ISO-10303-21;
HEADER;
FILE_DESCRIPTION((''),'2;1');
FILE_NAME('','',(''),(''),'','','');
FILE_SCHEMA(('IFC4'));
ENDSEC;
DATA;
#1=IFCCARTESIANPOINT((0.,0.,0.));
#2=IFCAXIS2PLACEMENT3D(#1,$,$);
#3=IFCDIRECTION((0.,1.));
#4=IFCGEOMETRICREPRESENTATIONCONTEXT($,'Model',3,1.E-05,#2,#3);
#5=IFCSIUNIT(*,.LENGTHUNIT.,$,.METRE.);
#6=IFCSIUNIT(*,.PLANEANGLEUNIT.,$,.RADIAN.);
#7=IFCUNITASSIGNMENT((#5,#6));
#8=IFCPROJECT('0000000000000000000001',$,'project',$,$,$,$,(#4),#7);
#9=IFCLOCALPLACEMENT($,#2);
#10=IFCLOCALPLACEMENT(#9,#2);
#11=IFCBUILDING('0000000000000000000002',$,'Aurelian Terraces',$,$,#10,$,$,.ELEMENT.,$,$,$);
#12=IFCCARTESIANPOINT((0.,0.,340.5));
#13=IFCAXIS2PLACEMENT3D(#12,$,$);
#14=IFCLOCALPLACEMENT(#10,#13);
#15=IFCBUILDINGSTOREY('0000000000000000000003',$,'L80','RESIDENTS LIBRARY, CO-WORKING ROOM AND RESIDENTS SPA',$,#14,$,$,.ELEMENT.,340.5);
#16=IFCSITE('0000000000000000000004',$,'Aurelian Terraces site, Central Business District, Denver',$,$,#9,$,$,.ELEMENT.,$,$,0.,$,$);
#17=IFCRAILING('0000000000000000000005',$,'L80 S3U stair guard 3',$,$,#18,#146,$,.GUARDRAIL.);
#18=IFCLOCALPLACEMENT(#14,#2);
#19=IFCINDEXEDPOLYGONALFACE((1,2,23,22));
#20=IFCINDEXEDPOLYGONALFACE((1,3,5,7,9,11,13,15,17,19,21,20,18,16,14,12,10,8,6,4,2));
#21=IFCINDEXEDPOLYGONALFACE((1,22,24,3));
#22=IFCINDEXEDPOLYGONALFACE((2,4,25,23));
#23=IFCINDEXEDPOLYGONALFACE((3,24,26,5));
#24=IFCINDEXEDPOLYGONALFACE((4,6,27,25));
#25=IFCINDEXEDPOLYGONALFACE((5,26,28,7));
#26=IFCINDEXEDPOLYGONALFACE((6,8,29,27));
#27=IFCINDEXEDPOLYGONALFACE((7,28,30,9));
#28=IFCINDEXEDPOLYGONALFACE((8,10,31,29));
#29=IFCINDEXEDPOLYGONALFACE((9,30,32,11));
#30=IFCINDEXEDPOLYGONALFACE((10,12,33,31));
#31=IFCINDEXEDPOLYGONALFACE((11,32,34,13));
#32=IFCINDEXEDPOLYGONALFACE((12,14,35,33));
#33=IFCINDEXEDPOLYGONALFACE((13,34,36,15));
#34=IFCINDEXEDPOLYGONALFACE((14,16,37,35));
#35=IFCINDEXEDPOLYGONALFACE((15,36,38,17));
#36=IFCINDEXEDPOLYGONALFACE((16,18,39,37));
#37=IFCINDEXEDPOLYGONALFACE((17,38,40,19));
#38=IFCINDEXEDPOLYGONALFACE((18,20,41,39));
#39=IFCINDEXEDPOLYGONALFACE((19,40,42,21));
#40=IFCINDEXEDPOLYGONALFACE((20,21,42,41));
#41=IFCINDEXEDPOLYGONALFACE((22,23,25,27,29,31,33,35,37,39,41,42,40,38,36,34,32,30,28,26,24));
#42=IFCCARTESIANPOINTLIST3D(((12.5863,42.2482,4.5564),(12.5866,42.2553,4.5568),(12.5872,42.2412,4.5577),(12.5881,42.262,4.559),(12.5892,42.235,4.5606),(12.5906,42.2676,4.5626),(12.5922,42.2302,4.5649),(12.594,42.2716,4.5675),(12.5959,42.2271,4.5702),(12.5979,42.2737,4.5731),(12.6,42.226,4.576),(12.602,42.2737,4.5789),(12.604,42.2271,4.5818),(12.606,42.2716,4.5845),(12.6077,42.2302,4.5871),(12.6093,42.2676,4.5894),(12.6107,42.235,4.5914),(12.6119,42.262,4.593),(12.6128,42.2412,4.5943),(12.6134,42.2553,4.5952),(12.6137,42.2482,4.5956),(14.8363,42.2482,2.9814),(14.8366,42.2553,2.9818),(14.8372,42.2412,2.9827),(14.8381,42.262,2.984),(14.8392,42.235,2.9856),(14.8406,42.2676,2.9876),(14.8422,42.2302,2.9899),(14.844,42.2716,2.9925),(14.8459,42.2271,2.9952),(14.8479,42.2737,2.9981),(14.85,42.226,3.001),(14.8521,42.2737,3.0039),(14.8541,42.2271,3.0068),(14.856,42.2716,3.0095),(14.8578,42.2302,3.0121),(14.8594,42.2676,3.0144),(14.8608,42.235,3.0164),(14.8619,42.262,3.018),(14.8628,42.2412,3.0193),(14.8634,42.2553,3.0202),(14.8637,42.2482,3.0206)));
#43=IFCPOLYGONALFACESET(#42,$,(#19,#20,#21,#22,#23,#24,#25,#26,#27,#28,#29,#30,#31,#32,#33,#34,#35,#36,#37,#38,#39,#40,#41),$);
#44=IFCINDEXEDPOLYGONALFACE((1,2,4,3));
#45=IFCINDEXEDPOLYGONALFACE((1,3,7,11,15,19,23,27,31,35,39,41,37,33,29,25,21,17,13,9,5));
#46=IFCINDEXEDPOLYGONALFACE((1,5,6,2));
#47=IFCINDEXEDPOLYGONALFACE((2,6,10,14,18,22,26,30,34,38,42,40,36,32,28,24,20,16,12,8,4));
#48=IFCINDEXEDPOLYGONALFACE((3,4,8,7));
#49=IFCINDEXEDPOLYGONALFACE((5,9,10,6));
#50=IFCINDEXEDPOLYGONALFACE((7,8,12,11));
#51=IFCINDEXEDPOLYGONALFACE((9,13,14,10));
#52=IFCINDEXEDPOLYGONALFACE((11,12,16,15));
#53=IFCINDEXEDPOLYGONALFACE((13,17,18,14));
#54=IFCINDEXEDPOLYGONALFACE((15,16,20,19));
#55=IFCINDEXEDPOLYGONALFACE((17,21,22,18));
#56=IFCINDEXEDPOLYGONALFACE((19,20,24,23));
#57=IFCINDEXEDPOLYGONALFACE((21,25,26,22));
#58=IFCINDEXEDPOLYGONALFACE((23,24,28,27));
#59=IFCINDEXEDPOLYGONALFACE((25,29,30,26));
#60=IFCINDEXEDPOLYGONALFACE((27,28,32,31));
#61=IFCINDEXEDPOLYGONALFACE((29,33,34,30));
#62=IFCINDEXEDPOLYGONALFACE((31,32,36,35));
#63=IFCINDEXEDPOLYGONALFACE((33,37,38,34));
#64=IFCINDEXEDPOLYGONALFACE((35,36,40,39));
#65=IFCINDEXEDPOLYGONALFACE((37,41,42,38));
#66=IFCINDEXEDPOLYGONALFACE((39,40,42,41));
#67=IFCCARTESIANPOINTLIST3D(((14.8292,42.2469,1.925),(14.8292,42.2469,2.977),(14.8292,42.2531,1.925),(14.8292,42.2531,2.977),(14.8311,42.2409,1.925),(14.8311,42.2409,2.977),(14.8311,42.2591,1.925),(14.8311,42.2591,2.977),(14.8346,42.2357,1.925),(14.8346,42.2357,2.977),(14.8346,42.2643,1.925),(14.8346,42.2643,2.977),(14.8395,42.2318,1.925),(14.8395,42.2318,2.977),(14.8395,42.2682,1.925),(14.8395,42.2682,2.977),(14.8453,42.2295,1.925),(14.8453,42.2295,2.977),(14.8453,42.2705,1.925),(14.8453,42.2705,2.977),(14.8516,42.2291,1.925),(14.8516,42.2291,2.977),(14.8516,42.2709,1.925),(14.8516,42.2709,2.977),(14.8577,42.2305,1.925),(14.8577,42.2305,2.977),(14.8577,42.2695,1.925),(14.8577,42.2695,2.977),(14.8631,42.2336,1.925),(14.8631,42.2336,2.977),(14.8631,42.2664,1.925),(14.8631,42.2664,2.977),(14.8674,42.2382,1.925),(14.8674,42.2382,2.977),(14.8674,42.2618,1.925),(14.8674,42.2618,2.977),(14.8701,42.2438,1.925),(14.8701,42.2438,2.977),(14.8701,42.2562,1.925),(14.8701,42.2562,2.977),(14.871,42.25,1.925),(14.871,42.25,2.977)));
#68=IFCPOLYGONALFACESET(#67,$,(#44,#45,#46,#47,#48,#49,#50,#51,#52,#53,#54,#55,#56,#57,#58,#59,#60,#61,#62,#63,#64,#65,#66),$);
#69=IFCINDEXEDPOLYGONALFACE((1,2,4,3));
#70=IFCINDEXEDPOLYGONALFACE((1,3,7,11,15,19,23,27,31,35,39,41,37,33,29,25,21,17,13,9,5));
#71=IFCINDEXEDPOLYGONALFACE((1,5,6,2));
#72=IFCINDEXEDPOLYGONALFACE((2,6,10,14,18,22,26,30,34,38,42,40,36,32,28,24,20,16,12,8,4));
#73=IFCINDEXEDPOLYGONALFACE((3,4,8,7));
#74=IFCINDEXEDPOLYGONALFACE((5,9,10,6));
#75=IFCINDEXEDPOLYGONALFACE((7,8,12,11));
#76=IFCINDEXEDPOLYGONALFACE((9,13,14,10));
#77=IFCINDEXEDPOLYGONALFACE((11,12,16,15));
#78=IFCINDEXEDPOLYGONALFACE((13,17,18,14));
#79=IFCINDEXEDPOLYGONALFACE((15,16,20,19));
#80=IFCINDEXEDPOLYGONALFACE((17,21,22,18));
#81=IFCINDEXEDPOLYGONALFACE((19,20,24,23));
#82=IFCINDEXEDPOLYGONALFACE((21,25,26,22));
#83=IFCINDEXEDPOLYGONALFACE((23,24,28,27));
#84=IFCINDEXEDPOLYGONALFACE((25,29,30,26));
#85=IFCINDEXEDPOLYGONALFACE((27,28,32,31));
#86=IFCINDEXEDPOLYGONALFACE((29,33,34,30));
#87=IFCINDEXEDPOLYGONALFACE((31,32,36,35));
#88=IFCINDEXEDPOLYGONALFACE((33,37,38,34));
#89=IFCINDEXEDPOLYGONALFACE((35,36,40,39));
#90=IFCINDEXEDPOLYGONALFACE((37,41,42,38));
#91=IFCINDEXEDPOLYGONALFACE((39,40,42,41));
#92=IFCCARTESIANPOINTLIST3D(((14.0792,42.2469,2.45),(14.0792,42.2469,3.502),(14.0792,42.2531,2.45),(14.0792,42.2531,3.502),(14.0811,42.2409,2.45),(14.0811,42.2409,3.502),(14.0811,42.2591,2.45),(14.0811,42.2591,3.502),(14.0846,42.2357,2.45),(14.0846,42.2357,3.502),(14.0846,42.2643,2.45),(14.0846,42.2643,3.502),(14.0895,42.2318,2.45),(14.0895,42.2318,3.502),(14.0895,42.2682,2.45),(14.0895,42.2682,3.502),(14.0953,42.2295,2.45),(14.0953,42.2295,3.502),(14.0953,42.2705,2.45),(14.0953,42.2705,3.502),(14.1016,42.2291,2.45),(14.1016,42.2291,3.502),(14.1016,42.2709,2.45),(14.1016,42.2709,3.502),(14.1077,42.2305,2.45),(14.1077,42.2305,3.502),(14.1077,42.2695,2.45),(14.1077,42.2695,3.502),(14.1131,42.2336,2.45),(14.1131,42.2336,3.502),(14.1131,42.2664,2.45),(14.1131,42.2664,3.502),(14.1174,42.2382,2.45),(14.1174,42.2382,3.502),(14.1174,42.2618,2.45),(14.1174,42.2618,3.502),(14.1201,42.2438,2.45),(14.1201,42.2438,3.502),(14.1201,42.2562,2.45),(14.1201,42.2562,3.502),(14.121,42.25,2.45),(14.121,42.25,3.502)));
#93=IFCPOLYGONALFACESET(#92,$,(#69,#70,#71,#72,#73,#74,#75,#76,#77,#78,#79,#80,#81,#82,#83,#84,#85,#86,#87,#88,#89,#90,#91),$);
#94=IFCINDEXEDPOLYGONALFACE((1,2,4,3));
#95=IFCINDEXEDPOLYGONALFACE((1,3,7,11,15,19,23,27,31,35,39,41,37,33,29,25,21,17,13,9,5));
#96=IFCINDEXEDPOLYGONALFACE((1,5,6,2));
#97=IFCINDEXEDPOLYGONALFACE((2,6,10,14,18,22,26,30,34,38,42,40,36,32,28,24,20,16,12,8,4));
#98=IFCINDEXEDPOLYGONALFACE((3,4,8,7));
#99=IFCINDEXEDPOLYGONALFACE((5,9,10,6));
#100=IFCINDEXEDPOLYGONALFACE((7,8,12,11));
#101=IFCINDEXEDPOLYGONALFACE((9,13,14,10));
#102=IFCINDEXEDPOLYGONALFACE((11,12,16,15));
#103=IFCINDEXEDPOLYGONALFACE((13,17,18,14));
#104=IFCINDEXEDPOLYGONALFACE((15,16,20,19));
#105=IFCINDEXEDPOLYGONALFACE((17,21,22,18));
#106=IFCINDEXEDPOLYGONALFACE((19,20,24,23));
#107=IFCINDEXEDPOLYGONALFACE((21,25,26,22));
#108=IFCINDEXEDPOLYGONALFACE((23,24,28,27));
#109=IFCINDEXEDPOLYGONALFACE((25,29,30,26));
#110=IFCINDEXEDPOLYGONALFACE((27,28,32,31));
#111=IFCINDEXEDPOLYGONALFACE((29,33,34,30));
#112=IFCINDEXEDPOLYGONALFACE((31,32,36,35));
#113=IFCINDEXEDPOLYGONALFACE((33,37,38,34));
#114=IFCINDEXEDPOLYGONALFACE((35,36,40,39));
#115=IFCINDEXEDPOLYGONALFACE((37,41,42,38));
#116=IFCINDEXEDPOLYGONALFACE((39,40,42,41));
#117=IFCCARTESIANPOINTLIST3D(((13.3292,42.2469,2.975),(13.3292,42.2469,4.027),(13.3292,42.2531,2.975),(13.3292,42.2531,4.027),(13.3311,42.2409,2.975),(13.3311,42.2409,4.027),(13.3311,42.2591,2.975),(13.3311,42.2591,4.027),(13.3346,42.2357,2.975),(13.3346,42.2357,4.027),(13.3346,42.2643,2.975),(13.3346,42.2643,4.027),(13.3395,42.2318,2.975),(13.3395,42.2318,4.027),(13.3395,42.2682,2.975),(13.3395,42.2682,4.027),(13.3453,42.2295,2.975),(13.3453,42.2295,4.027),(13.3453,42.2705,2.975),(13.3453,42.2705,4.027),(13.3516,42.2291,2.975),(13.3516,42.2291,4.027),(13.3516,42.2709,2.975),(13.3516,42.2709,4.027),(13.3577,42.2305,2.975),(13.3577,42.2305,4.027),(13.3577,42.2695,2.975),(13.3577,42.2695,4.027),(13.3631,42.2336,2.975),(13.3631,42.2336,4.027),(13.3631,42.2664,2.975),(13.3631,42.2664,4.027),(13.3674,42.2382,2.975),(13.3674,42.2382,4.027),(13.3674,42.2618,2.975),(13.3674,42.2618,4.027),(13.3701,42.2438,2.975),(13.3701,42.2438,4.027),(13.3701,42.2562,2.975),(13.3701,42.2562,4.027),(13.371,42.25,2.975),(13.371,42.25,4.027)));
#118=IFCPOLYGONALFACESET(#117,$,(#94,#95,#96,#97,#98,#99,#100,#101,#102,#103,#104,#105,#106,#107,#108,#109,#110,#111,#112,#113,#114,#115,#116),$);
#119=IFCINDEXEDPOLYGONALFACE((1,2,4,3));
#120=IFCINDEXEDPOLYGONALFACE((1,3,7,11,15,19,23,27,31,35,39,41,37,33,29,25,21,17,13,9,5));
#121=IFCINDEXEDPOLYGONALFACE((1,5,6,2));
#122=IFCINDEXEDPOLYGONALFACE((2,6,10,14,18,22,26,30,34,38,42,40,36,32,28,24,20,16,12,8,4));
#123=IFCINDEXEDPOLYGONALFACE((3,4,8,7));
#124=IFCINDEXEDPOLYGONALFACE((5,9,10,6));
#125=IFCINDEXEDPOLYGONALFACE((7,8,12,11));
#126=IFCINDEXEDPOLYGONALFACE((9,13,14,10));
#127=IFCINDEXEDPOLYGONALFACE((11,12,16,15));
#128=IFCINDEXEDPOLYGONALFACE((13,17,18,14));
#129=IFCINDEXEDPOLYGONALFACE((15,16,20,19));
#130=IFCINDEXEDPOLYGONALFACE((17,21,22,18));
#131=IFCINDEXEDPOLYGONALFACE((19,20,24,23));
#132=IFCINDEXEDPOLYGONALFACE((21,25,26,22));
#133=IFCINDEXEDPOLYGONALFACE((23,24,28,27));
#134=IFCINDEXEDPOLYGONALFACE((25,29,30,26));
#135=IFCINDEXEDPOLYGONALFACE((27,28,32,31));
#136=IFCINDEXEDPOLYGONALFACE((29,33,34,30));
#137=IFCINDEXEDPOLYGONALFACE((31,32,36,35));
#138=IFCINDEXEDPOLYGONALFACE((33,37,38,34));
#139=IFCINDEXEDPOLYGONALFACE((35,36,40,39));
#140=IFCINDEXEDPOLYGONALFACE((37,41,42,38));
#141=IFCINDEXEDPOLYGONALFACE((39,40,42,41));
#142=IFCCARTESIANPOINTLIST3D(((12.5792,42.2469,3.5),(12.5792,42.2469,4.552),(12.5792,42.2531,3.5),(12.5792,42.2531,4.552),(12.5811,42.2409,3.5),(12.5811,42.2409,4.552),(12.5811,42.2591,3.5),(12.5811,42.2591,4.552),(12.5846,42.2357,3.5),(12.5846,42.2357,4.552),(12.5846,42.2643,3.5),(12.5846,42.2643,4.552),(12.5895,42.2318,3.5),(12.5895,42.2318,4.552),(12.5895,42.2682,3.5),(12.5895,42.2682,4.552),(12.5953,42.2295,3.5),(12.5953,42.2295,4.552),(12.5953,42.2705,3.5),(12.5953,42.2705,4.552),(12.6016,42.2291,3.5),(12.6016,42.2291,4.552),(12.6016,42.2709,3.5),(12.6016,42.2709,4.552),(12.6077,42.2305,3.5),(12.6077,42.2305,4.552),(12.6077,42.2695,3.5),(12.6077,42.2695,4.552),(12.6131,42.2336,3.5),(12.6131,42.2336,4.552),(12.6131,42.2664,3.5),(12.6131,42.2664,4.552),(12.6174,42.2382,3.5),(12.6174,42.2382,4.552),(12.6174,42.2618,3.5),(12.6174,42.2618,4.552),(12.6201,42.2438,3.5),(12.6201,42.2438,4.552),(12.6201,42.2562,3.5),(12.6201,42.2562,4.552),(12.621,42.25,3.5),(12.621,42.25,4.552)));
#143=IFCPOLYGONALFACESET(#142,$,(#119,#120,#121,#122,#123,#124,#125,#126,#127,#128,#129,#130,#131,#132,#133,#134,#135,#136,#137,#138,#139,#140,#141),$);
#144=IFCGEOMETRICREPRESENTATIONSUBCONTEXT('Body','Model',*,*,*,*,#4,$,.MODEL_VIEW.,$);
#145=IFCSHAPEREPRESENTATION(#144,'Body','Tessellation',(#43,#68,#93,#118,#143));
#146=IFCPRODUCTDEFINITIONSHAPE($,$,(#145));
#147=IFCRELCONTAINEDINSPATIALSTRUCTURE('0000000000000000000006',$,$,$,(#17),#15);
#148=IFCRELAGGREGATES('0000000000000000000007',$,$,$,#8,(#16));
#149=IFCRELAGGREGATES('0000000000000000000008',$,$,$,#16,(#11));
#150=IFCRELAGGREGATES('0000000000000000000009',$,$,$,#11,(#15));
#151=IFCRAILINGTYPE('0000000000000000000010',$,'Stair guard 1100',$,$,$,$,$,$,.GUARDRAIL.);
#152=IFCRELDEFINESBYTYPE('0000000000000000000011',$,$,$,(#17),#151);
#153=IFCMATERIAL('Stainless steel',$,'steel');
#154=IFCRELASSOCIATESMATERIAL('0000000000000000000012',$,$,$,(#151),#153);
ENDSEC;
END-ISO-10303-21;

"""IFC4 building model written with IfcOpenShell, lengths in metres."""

from ifc_helpers import new_model, si_unit, direction, frame, origin, origin_2d, place, context, subcontext, project, spatial, circle, extrude, source, transform, mapped, material, type_object, element, save


model = new_model("IFC4")

# Units and contexts
model_context = context("Model", 3, precision=1e-05, world=origin(), true_north=direction((0.0, 1.0)))
body_context = subcontext(model_context, "Body", "Model", "MODEL_VIEW")
ifc_project = project(units=[si_unit("LENGTHUNIT", "METRE"), si_unit("PLANEANGLEUNIT", "RADIAN")], contexts=[model_context])

# Site, building, storey
site_placement = place(None, origin())
site = spatial("IfcSite", under=ifc_project, at=site_placement, Name="Aurelian Terraces site, Central Business District, Denver", CompositionType="ELEMENT", RefElevation=0.0)
building_placement = place(site_placement, origin())
building = spatial("IfcBuilding", under=site, at=building_placement, Name="Aurelian Terraces", CompositionType="ELEMENT")
storey_placement = place(building_placement, frame((0.0, 0.0, 340.5)))
storey = spatial("IfcBuildingStorey", under=building, at=storey_placement, Name="L80", Description="RESIDENTS LIBRARY, CO-WORKING ROOM AND RESIDENTS SPA", CompositionType="ELEMENT", Elevation=340.5)

# Railing
ifc_material_1 = material(Name="Stainless steel", Category="steel")
railing_type_1 = type_object("IfcRailingType", Name="Stair guard 1100", PredefinedType="GUARDRAIL", material=ifc_material_1)
shared_shape_1 = source(origin(), body_context, "Body", "SweptSolid", [
    extrude(circle(Radius=0.024, at=origin_2d()), frame((0.0, 0.0, 1.076), z_axis=(-0.819232, 0.0, 0.573462), x_axis=(0.0, -1.0, 0.0)), (0.0, 0.0, 1.0), 2.7465),
    extrude(circle(Radius=0.021, at=origin_2d()), origin(), (0.0, 0.0, 1.0), 1.052),
    extrude(circle(Radius=0.021, at=origin_2d()), frame((-0.75, 0.0, 0.525)), (0.0, 0.0, 1.0), 1.052),
    extrude(circle(Radius=0.021, at=origin_2d()), frame((-1.5, 0.0, 1.05)), (0.0, 0.0, 1.0), 1.052),
    extrude(circle(Radius=0.021, at=origin_2d()), frame((-2.25, 0.0, 1.575)), (0.0, 0.0, 1.0), 1.052),
])
railing_1_placement = place(storey_placement, frame((14.85, 42.25, 1.925)))
element("IfcRailing", 1, at=railing_1_placement, inside=storey, type_object=railing_type_1, Name="L80 S3U stair guard 3", PredefinedType="GUARDRAIL", context=body_context, shape_type="MappedRepresentation", body=[
    mapped(shared_shape_1, transform((0.0, 0.0, 0.0), scale=1.0)),
])

save(model, "model.ifc")
